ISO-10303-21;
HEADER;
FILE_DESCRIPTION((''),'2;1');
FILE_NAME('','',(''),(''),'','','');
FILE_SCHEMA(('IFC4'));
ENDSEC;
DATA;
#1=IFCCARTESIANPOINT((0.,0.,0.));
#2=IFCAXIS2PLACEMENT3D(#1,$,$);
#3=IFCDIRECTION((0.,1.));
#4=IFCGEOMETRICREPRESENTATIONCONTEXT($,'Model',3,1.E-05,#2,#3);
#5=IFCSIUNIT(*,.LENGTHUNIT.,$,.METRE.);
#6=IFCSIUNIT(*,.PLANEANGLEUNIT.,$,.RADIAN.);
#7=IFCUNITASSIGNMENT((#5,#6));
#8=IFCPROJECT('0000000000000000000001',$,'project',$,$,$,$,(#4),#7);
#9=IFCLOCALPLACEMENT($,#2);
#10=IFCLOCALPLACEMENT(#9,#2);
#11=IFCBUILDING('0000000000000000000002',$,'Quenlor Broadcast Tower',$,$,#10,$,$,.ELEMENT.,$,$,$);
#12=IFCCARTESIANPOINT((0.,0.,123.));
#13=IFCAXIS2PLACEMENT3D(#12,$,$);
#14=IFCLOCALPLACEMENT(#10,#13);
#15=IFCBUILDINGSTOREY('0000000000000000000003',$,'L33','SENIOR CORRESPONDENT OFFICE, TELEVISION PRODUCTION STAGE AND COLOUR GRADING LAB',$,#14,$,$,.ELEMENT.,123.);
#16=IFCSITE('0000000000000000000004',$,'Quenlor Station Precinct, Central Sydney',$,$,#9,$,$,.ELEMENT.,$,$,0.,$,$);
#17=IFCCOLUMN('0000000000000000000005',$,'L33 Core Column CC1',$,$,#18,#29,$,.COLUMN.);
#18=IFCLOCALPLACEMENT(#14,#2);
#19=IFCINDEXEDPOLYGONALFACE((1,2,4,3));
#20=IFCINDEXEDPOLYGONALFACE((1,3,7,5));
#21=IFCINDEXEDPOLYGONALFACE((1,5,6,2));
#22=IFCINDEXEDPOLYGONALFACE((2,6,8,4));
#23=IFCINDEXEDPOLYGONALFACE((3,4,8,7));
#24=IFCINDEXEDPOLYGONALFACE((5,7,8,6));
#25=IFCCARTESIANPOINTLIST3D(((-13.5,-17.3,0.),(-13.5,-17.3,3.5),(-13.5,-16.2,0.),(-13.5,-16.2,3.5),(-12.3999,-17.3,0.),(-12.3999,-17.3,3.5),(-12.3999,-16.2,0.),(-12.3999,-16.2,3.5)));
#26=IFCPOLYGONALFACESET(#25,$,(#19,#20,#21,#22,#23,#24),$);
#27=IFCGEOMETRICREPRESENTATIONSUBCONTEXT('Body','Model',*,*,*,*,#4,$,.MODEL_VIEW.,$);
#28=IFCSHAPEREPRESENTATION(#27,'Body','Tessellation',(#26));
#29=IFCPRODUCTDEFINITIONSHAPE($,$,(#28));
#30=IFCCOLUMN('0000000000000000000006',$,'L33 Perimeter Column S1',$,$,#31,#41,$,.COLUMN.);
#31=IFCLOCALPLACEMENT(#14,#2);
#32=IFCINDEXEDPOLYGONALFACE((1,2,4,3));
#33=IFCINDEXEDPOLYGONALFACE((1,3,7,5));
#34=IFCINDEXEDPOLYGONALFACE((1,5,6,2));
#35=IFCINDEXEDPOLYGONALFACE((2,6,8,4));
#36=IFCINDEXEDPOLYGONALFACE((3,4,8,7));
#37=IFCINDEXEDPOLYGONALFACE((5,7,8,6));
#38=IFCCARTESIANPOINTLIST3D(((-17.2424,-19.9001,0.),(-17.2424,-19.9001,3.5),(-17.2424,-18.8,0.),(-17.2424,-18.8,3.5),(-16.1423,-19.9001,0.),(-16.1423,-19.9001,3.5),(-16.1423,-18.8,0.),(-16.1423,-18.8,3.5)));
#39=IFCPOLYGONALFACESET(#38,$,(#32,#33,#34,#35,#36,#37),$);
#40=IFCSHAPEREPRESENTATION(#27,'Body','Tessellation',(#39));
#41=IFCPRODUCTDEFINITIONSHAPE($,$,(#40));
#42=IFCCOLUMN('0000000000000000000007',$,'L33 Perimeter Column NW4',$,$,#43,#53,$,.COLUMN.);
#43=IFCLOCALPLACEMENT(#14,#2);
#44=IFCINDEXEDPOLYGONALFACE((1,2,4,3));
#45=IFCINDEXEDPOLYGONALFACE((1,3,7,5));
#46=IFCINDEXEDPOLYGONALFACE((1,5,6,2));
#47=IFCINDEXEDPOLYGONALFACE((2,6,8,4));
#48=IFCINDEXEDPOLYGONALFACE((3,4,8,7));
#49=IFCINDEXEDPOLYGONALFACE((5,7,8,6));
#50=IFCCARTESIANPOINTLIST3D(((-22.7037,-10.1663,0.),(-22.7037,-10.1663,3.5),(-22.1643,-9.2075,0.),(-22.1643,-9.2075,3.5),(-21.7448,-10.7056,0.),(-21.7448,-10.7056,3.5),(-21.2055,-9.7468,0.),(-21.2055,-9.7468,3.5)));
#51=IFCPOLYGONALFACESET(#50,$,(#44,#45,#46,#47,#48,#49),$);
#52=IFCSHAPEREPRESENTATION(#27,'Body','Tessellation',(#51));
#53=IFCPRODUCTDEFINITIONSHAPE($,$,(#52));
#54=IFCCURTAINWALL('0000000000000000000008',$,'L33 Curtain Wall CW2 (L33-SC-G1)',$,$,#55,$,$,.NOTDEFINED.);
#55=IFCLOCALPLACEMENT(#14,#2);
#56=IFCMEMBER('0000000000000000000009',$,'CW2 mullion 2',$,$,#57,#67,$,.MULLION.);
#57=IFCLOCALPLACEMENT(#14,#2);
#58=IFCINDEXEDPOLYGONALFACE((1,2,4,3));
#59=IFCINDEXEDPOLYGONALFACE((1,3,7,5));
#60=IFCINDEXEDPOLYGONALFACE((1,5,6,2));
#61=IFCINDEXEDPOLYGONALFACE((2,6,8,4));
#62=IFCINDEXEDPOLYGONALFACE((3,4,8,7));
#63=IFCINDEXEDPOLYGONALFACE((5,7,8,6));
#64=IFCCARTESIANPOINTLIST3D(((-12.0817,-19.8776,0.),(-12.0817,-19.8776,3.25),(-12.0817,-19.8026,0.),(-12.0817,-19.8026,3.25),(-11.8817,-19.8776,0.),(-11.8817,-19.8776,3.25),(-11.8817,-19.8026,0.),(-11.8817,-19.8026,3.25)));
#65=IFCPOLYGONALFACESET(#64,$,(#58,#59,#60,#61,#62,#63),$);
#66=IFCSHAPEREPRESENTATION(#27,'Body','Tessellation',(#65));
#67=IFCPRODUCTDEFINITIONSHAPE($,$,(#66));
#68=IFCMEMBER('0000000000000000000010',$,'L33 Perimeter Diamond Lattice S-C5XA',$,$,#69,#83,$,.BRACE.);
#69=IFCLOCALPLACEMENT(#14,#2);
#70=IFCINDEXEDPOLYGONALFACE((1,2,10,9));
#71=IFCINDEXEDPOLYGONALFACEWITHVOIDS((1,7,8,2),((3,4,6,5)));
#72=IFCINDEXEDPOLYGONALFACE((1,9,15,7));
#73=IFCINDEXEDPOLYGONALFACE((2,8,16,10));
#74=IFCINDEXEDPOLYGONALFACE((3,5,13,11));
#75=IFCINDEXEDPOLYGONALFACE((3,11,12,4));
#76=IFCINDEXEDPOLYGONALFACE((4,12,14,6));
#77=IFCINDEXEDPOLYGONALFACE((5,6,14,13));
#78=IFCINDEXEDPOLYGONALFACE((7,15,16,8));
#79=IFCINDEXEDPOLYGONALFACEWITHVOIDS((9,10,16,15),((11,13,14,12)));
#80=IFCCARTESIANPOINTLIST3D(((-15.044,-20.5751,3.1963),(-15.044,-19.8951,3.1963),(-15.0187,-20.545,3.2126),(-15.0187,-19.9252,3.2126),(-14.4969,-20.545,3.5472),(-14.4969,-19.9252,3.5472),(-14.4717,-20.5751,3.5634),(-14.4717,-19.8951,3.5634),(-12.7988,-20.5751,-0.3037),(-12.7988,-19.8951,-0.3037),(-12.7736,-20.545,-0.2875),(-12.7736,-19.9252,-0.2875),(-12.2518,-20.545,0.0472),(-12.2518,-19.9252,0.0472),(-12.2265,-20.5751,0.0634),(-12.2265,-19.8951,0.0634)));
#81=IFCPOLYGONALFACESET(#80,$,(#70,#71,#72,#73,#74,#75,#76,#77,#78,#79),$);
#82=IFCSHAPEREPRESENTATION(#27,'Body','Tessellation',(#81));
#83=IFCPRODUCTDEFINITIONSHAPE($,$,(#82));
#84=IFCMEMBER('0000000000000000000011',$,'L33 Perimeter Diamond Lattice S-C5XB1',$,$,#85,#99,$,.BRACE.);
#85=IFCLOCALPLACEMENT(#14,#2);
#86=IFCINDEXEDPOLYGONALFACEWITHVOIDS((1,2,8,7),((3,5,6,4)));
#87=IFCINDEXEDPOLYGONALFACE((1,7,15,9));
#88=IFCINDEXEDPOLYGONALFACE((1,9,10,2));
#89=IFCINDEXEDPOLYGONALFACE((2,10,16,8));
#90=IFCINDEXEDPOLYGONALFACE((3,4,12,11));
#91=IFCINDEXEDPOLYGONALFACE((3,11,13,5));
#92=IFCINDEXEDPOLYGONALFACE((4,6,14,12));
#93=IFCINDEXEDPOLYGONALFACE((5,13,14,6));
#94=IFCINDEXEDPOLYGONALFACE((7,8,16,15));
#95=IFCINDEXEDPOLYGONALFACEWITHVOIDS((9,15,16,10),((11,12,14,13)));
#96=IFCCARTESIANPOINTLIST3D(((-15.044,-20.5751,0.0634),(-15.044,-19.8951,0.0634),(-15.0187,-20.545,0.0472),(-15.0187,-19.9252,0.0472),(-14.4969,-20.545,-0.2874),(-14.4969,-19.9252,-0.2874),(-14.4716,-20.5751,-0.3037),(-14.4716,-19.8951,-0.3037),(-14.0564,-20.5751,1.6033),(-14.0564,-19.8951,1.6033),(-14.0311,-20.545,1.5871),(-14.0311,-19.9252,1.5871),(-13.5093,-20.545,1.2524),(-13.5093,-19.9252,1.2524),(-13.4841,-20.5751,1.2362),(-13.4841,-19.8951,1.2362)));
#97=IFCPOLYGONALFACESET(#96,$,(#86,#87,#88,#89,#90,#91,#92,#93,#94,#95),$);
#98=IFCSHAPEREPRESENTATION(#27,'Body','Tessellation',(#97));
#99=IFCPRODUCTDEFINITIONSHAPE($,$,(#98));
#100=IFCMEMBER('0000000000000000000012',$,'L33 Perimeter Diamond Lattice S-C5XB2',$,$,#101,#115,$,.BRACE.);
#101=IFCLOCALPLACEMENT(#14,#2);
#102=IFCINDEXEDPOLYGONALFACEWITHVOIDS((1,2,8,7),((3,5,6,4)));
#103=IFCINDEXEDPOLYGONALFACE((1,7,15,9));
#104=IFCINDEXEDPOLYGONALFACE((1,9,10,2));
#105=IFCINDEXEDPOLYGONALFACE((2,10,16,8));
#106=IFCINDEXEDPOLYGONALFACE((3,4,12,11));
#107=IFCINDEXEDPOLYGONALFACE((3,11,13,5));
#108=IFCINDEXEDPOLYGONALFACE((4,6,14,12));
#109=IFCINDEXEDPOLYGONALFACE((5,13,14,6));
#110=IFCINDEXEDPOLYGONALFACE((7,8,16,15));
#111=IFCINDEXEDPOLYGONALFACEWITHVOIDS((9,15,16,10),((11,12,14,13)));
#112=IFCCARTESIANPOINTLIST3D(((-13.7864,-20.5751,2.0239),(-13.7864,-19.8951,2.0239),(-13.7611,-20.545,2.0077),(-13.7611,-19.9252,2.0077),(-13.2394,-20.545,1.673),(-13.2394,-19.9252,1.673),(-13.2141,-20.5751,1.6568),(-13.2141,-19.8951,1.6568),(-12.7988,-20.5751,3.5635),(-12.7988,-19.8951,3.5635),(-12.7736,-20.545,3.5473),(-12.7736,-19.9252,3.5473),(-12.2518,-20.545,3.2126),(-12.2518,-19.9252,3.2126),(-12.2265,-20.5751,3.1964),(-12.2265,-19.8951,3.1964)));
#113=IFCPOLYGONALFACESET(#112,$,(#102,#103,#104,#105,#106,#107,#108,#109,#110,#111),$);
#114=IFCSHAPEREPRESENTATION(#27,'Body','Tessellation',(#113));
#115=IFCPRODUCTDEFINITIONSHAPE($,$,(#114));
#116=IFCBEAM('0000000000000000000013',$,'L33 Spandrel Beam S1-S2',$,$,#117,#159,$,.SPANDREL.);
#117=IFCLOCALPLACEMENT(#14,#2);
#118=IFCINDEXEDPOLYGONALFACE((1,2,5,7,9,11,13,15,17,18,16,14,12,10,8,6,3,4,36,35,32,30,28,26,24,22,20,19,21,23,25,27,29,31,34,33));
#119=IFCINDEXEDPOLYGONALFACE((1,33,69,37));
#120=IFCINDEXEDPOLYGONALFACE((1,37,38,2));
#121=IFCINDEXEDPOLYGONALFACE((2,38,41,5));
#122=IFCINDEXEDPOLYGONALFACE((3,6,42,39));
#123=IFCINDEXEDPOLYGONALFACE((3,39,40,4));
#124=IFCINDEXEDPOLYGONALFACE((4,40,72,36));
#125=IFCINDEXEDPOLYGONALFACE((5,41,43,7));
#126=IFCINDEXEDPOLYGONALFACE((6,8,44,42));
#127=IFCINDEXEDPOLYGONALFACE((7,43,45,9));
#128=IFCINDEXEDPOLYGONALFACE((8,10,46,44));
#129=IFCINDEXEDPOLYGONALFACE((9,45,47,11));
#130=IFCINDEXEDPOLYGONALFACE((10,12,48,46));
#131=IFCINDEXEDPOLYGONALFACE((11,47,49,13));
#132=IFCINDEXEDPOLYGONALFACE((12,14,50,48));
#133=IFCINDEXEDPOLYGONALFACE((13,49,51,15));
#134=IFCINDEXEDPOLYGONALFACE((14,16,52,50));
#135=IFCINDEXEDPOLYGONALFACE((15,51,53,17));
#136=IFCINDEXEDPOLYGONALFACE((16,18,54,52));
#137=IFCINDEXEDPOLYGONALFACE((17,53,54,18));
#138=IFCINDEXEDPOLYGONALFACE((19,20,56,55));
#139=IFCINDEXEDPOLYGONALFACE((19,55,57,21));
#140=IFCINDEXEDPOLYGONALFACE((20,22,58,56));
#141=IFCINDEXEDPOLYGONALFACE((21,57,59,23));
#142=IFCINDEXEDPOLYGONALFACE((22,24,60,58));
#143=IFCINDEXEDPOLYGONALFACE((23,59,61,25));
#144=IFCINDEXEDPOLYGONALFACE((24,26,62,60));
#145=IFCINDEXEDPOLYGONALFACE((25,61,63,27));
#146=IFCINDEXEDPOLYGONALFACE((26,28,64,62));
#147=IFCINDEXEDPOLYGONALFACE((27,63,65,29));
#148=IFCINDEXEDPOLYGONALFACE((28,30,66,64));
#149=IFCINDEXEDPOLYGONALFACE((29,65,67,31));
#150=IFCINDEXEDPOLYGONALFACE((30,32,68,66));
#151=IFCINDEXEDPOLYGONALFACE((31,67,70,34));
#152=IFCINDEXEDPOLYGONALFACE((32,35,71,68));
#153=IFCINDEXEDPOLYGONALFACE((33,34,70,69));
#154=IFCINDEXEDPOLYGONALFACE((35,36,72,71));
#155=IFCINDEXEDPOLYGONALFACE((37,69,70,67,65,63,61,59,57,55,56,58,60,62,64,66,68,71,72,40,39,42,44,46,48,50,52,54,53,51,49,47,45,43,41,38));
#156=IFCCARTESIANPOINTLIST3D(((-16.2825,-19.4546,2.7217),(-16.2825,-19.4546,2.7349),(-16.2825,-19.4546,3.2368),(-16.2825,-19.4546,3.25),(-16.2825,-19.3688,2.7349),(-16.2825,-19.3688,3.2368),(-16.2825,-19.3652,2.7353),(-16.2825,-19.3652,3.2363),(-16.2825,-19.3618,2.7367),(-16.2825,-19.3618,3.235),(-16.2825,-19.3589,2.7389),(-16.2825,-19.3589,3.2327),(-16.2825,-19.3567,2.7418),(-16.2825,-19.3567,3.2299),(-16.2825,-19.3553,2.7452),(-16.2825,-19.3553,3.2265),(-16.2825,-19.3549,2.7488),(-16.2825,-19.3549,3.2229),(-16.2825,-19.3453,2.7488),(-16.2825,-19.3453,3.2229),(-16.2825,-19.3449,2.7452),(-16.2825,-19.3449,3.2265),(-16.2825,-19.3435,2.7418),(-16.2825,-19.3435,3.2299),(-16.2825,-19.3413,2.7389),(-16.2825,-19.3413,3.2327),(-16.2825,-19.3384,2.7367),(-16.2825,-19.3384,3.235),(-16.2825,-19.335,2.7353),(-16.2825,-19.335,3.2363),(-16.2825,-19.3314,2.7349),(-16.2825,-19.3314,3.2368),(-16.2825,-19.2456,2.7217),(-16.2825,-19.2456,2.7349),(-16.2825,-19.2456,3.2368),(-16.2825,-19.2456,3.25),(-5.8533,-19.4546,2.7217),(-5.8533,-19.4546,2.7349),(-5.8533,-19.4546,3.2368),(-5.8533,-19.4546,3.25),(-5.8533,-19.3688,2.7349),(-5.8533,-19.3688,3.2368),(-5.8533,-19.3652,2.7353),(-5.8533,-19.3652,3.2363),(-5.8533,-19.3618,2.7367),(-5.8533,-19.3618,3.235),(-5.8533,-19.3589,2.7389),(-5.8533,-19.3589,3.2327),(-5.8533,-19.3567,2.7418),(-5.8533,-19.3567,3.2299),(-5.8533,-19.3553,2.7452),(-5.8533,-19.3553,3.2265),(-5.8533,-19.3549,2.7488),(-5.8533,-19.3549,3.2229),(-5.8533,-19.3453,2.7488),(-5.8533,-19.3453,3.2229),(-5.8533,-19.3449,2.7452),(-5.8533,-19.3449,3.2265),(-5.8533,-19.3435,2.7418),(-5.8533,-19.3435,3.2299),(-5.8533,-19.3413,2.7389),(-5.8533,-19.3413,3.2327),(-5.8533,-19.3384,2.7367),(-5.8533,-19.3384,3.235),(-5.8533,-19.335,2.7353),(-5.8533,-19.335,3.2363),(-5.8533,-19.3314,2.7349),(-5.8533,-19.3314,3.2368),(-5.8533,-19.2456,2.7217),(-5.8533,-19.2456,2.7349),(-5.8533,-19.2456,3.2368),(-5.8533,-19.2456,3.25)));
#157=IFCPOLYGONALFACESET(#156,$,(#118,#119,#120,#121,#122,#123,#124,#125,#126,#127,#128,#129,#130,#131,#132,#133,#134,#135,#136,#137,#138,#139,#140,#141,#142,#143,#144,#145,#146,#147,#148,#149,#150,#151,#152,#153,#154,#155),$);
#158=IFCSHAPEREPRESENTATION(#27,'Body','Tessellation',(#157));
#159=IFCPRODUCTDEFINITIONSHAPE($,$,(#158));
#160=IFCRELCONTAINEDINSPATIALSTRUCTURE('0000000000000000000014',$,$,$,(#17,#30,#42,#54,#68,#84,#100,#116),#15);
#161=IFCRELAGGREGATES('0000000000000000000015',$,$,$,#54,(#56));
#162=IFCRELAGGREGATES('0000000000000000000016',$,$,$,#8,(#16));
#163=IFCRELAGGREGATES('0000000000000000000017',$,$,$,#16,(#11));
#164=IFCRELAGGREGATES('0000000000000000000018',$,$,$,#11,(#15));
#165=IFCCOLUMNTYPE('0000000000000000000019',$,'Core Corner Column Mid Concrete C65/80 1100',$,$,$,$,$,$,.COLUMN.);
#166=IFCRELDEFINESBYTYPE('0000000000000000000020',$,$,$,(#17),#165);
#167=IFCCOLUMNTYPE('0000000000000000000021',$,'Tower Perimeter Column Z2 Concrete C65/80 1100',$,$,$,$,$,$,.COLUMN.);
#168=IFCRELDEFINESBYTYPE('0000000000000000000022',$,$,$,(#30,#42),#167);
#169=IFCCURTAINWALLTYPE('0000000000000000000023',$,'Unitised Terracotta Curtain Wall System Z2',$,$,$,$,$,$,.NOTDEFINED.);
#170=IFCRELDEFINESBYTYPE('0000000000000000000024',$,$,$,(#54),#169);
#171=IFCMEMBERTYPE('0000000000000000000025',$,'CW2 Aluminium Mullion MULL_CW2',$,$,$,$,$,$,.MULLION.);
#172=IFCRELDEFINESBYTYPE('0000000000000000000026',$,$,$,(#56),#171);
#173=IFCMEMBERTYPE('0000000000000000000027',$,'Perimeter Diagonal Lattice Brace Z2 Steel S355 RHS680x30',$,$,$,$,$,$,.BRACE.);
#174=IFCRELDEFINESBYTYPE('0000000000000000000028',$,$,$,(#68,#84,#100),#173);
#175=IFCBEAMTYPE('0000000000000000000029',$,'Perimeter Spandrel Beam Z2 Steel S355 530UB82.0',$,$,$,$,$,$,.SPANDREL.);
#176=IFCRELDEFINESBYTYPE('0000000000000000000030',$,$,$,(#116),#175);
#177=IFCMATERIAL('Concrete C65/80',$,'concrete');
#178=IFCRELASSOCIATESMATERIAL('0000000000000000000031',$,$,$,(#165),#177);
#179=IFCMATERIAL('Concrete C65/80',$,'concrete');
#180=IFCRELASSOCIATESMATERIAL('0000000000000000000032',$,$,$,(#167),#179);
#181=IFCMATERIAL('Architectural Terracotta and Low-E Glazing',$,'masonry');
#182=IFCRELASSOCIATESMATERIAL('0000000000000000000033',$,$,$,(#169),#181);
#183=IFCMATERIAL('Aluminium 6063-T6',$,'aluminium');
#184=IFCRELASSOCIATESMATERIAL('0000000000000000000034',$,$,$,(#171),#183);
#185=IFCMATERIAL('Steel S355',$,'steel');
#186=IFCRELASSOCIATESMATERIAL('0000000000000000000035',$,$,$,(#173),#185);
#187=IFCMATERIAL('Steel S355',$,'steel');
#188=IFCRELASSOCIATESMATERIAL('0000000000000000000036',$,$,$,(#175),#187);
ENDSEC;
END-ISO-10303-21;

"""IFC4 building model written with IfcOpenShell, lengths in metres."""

from ifc_helpers import new_model, si_unit, direction, frame, origin, origin_2d, place, context, subcontext, project, spatial, rectangle, hollow_rectangle, i_section, extrude, material, material_profile, profile_set, type_object, element, aggregate, save


model = new_model("IFC4")

# Units and contexts
model_context = context("Model", 3, precision=1e-05, world=origin(), true_north=direction((0.0, 1.0)))
body_context = subcontext(model_context, "Body", "Model", "MODEL_VIEW")
ifc_project = project(units=[si_unit("LENGTHUNIT", "METRE"), si_unit("PLANEANGLEUNIT", "RADIAN")], contexts=[model_context])

# Site, building, storey
site_placement = place(None, origin())
site = spatial("IfcSite", under=ifc_project, at=site_placement, Name="Quenlor Station Precinct, Central Sydney", CompositionType="ELEMENT", RefElevation=0.0)
building_placement = place(site_placement, origin())
building = spatial("IfcBuilding", under=site, at=building_placement, Name="Quenlor Broadcast Tower", CompositionType="ELEMENT")
storey_placement = place(building_placement, frame((0.0, 0.0, 123.0)))
storey = spatial("IfcBuildingStorey", under=building, at=storey_placement, Name="L33", Description="SENIOR CORRESPONDENT OFFICE, TELEVISION PRODUCTION STAGE AND COLOUR GRADING LAB", CompositionType="ELEMENT", Elevation=123.0)

# Columns
ifc_material_1 = material(Name="Concrete C65/80", Category="concrete")
ifc_material_profile_1 = material_profile(ifc_material_1, rectangle(XDim=1.1001, YDim=1.1001, at=origin_2d()))
ifc_profile_set_1 = profile_set([ifc_material_profile_1], Name="Concrete C65/80 RC1100x1100")
column_type_1 = type_object("IfcColumnType", Name="Core Corner Column Mid Concrete C65/80 1100", PredefinedType="COLUMN", material=ifc_profile_set_1)
column_placement = place(storey_placement, frame((-12.95, -16.75, 0.0), z_axis=(0.0, 0.0, 1.0), x_axis=(1.0, 0.0, 0.0)))
element("IfcColumn", 1, at=column_placement, inside=storey, type_object=column_type_1, Name="L33 Core Column CC1", PredefinedType="COLUMN", context=body_context, shape_type="SweptSolid", body=[
    extrude(rectangle(XDim=1.1001, YDim=1.1001, at=origin_2d()), origin(), (0.0, 0.0, 1.0), 3.5),
])
ifc_material_2 = material(Name="Concrete C65/80", Category="concrete")
ifc_material_profile_2 = material_profile(ifc_material_2, rectangle(XDim=1.1001, YDim=1.1001, at=origin_2d()))
ifc_profile_set_2 = profile_set([ifc_material_profile_2], Name="Concrete C65/80 RC1100x1100")
column_type_2 = type_object("IfcColumnType", Name="Tower Perimeter Column Z2 Concrete C65/80 1100", PredefinedType="COLUMN", material=ifc_profile_set_2)
for number, where, z_axis, x_axis, name in (
    (2, (-16.6924, -19.3501, 0.0), (0.0, 0.0, 1.0), (0.0, 1.0, 0.0), "L33 Perimeter Column S1"),
    (3, (-21.9546, -9.9565, 0.0), (0.0, 0.0, 1.0), (-0.871575, 0.490262, 0.0), "L33 Perimeter Column NW4"),
):
    element("IfcColumn", number, at=place(storey_placement, frame(where, z_axis=z_axis, x_axis=x_axis)), inside=storey, type_object=column_type_2, Name=name, PredefinedType="COLUMN", context=body_context, shape_type="SweptSolid", body=[
        extrude(rectangle(XDim=1.1001, YDim=1.1001, at=origin_2d()), origin(), (0.0, 0.0, 1.0), 3.5),
    ])

# Curtain wall, member
ifc_material_3 = material(Name="Architectural Terracotta and Low-E Glazing", Category="masonry")
curtain_wall_type = type_object("IfcCurtainWallType", Name="Unitised Terracotta Curtain Wall System Z2", PredefinedType="NOTDEFINED", material=ifc_material_3)
curtain_wall_placement = place(storey_placement, origin())
curtain_wall = element("IfcCurtainWall", 4, at=curtain_wall_placement, inside=storey, type_object=curtain_wall_type, Name="L33 Curtain Wall CW2 (L33-SC-G1)", PredefinedType="NOTDEFINED")
ifc_material_4 = material(Name="Aluminium 6063-T6", Category="aluminium")
ifc_material_profile_3 = material_profile(ifc_material_4, rectangle(XDim=0.075, YDim=0.2, at=origin_2d()))
ifc_profile_set_3 = profile_set([ifc_material_profile_3], Name="Aluminium 6063-T6 MULL75x200")
member_type_1 = type_object("IfcMemberType", Name="CW2 Aluminium Mullion MULL_CW2", PredefinedType="MULLION", material=ifc_profile_set_3)
member_1_placement = place(storey_placement, frame((-11.9817, -19.8401, 0.0), z_axis=(0.0, 0.0, 1.0), x_axis=(0.0, -1.0, 0.0)))
member_1 = element("IfcMember", 5, at=member_1_placement, type_object=member_type_1, Name="CW2 mullion 2", PredefinedType="MULLION", context=body_context, shape_type="SweptSolid", body=[
    extrude(rectangle(XDim=0.075, YDim=0.2, at=origin_2d()), origin(), (0.0, 0.0, 1.0), 3.25),
])
aggregate(curtain_wall, [member_1])

# Members
ifc_material_5 = material(Name="Steel S355", Category="steel")
ifc_material_profile_4 = material_profile(ifc_material_5, hollow_rectangle(XDim=0.6799, YDim=0.6799, WallThickness=0.03, at=origin_2d()))
ifc_profile_set_4 = profile_set([ifc_material_profile_4], Name="Steel S355 RHS680x680x30")
member_type_2 = type_object("IfcMemberType", Name="Perimeter Diagonal Lattice Brace Z2 Steel S355 RHS680x30", PredefinedType="BRACE", material=ifc_profile_set_4)
member_2_placement = place(storey_placement, frame((-12.5127, -20.2351, -0.1201), z_axis=(-0.539926, 0.0, 0.841712), x_axis=(0.0, -1.0, 0.0)))
element("IfcMember", 6, at=member_2_placement, inside=storey, type_object=member_type_2, Name="L33 Perimeter Diamond Lattice S-C5XA", PredefinedType="BRACE", context=body_context, shape_type="SweptSolid", body=[
    extrude(hollow_rectangle(XDim=0.6799, YDim=0.6799, WallThickness=0.03, at=origin_2d()), origin(), (0.0, 0.0, 1.0), 4.1582),
])
member_3_placement = place(storey_placement, frame((-14.7578, -20.2351, -0.1201), z_axis=(0.53986, 0.0, 0.841755), x_axis=(0.0, 1.0, 0.0)))
element("IfcMember", 7, at=member_3_placement, inside=storey, type_object=member_type_2, Name="L33 Perimeter Diamond Lattice S-C5XB1", PredefinedType="BRACE", context=body_context, shape_type="SweptSolid", body=[
    extrude(hollow_rectangle(XDim=0.6799, YDim=0.6799, WallThickness=0.03, at=origin_2d()), origin(), (0.0, 0.0, 1.0), 1.8293),
])
member_4_placement = place(storey_placement, frame((-13.5002, -20.2351, 1.8403), z_axis=(0.539921, 0.0, 0.841716), x_axis=(0.0, 1.0, 0.0)))
element("IfcMember", 8, at=member_4_placement, inside=storey, type_object=member_type_2, Name="L33 Perimeter Diamond Lattice S-C5XB2", PredefinedType="BRACE", context=body_context, shape_type="SweptSolid", body=[
    extrude(hollow_rectangle(XDim=0.6799, YDim=0.6799, WallThickness=0.03, at=origin_2d()), origin(), (0.0, 0.0, 1.0), 1.8291),
])

# Beam
ifc_material_6 = material(Name="Steel S355", Category="steel")
ifc_material_profile_5 = material_profile(ifc_material_6, i_section(OverallWidth=0.209, OverallDepth=0.5283, WebThickness=0.0095, FlangeThickness=0.0132, FilletRadius=0.0139, at=origin_2d()))
ifc_profile_set_5 = profile_set([ifc_material_profile_5], Name="Steel S355 530UB82.0")
beam_type_1 = type_object("IfcBeamType", Name="Perimeter Spandrel Beam Z2 Steel S355 530UB82.0", PredefinedType="SPANDREL", material=ifc_profile_set_5)
beam_1_placement = place(storey_placement, frame((-16.2825, -19.3501, 2.9858), z_axis=(1.0, 0.0, 0.0), x_axis=(0.0, 1.0, 0.0)))
element("IfcBeam", 9, at=beam_1_placement, inside=storey, type_object=beam_type_1, Name="L33 Spandrel Beam S1-S2", PredefinedType="SPANDREL", context=body_context, shape_type="SweptSolid", body=[
    extrude(i_section(OverallWidth=0.209, OverallDepth=0.5283, WebThickness=0.0095, FlangeThickness=0.0132, FilletRadius=0.0139, at=origin_2d()), origin(), (0.0, 0.0, 1.0), 10.4292),
])

save(model, "model.ifc")
